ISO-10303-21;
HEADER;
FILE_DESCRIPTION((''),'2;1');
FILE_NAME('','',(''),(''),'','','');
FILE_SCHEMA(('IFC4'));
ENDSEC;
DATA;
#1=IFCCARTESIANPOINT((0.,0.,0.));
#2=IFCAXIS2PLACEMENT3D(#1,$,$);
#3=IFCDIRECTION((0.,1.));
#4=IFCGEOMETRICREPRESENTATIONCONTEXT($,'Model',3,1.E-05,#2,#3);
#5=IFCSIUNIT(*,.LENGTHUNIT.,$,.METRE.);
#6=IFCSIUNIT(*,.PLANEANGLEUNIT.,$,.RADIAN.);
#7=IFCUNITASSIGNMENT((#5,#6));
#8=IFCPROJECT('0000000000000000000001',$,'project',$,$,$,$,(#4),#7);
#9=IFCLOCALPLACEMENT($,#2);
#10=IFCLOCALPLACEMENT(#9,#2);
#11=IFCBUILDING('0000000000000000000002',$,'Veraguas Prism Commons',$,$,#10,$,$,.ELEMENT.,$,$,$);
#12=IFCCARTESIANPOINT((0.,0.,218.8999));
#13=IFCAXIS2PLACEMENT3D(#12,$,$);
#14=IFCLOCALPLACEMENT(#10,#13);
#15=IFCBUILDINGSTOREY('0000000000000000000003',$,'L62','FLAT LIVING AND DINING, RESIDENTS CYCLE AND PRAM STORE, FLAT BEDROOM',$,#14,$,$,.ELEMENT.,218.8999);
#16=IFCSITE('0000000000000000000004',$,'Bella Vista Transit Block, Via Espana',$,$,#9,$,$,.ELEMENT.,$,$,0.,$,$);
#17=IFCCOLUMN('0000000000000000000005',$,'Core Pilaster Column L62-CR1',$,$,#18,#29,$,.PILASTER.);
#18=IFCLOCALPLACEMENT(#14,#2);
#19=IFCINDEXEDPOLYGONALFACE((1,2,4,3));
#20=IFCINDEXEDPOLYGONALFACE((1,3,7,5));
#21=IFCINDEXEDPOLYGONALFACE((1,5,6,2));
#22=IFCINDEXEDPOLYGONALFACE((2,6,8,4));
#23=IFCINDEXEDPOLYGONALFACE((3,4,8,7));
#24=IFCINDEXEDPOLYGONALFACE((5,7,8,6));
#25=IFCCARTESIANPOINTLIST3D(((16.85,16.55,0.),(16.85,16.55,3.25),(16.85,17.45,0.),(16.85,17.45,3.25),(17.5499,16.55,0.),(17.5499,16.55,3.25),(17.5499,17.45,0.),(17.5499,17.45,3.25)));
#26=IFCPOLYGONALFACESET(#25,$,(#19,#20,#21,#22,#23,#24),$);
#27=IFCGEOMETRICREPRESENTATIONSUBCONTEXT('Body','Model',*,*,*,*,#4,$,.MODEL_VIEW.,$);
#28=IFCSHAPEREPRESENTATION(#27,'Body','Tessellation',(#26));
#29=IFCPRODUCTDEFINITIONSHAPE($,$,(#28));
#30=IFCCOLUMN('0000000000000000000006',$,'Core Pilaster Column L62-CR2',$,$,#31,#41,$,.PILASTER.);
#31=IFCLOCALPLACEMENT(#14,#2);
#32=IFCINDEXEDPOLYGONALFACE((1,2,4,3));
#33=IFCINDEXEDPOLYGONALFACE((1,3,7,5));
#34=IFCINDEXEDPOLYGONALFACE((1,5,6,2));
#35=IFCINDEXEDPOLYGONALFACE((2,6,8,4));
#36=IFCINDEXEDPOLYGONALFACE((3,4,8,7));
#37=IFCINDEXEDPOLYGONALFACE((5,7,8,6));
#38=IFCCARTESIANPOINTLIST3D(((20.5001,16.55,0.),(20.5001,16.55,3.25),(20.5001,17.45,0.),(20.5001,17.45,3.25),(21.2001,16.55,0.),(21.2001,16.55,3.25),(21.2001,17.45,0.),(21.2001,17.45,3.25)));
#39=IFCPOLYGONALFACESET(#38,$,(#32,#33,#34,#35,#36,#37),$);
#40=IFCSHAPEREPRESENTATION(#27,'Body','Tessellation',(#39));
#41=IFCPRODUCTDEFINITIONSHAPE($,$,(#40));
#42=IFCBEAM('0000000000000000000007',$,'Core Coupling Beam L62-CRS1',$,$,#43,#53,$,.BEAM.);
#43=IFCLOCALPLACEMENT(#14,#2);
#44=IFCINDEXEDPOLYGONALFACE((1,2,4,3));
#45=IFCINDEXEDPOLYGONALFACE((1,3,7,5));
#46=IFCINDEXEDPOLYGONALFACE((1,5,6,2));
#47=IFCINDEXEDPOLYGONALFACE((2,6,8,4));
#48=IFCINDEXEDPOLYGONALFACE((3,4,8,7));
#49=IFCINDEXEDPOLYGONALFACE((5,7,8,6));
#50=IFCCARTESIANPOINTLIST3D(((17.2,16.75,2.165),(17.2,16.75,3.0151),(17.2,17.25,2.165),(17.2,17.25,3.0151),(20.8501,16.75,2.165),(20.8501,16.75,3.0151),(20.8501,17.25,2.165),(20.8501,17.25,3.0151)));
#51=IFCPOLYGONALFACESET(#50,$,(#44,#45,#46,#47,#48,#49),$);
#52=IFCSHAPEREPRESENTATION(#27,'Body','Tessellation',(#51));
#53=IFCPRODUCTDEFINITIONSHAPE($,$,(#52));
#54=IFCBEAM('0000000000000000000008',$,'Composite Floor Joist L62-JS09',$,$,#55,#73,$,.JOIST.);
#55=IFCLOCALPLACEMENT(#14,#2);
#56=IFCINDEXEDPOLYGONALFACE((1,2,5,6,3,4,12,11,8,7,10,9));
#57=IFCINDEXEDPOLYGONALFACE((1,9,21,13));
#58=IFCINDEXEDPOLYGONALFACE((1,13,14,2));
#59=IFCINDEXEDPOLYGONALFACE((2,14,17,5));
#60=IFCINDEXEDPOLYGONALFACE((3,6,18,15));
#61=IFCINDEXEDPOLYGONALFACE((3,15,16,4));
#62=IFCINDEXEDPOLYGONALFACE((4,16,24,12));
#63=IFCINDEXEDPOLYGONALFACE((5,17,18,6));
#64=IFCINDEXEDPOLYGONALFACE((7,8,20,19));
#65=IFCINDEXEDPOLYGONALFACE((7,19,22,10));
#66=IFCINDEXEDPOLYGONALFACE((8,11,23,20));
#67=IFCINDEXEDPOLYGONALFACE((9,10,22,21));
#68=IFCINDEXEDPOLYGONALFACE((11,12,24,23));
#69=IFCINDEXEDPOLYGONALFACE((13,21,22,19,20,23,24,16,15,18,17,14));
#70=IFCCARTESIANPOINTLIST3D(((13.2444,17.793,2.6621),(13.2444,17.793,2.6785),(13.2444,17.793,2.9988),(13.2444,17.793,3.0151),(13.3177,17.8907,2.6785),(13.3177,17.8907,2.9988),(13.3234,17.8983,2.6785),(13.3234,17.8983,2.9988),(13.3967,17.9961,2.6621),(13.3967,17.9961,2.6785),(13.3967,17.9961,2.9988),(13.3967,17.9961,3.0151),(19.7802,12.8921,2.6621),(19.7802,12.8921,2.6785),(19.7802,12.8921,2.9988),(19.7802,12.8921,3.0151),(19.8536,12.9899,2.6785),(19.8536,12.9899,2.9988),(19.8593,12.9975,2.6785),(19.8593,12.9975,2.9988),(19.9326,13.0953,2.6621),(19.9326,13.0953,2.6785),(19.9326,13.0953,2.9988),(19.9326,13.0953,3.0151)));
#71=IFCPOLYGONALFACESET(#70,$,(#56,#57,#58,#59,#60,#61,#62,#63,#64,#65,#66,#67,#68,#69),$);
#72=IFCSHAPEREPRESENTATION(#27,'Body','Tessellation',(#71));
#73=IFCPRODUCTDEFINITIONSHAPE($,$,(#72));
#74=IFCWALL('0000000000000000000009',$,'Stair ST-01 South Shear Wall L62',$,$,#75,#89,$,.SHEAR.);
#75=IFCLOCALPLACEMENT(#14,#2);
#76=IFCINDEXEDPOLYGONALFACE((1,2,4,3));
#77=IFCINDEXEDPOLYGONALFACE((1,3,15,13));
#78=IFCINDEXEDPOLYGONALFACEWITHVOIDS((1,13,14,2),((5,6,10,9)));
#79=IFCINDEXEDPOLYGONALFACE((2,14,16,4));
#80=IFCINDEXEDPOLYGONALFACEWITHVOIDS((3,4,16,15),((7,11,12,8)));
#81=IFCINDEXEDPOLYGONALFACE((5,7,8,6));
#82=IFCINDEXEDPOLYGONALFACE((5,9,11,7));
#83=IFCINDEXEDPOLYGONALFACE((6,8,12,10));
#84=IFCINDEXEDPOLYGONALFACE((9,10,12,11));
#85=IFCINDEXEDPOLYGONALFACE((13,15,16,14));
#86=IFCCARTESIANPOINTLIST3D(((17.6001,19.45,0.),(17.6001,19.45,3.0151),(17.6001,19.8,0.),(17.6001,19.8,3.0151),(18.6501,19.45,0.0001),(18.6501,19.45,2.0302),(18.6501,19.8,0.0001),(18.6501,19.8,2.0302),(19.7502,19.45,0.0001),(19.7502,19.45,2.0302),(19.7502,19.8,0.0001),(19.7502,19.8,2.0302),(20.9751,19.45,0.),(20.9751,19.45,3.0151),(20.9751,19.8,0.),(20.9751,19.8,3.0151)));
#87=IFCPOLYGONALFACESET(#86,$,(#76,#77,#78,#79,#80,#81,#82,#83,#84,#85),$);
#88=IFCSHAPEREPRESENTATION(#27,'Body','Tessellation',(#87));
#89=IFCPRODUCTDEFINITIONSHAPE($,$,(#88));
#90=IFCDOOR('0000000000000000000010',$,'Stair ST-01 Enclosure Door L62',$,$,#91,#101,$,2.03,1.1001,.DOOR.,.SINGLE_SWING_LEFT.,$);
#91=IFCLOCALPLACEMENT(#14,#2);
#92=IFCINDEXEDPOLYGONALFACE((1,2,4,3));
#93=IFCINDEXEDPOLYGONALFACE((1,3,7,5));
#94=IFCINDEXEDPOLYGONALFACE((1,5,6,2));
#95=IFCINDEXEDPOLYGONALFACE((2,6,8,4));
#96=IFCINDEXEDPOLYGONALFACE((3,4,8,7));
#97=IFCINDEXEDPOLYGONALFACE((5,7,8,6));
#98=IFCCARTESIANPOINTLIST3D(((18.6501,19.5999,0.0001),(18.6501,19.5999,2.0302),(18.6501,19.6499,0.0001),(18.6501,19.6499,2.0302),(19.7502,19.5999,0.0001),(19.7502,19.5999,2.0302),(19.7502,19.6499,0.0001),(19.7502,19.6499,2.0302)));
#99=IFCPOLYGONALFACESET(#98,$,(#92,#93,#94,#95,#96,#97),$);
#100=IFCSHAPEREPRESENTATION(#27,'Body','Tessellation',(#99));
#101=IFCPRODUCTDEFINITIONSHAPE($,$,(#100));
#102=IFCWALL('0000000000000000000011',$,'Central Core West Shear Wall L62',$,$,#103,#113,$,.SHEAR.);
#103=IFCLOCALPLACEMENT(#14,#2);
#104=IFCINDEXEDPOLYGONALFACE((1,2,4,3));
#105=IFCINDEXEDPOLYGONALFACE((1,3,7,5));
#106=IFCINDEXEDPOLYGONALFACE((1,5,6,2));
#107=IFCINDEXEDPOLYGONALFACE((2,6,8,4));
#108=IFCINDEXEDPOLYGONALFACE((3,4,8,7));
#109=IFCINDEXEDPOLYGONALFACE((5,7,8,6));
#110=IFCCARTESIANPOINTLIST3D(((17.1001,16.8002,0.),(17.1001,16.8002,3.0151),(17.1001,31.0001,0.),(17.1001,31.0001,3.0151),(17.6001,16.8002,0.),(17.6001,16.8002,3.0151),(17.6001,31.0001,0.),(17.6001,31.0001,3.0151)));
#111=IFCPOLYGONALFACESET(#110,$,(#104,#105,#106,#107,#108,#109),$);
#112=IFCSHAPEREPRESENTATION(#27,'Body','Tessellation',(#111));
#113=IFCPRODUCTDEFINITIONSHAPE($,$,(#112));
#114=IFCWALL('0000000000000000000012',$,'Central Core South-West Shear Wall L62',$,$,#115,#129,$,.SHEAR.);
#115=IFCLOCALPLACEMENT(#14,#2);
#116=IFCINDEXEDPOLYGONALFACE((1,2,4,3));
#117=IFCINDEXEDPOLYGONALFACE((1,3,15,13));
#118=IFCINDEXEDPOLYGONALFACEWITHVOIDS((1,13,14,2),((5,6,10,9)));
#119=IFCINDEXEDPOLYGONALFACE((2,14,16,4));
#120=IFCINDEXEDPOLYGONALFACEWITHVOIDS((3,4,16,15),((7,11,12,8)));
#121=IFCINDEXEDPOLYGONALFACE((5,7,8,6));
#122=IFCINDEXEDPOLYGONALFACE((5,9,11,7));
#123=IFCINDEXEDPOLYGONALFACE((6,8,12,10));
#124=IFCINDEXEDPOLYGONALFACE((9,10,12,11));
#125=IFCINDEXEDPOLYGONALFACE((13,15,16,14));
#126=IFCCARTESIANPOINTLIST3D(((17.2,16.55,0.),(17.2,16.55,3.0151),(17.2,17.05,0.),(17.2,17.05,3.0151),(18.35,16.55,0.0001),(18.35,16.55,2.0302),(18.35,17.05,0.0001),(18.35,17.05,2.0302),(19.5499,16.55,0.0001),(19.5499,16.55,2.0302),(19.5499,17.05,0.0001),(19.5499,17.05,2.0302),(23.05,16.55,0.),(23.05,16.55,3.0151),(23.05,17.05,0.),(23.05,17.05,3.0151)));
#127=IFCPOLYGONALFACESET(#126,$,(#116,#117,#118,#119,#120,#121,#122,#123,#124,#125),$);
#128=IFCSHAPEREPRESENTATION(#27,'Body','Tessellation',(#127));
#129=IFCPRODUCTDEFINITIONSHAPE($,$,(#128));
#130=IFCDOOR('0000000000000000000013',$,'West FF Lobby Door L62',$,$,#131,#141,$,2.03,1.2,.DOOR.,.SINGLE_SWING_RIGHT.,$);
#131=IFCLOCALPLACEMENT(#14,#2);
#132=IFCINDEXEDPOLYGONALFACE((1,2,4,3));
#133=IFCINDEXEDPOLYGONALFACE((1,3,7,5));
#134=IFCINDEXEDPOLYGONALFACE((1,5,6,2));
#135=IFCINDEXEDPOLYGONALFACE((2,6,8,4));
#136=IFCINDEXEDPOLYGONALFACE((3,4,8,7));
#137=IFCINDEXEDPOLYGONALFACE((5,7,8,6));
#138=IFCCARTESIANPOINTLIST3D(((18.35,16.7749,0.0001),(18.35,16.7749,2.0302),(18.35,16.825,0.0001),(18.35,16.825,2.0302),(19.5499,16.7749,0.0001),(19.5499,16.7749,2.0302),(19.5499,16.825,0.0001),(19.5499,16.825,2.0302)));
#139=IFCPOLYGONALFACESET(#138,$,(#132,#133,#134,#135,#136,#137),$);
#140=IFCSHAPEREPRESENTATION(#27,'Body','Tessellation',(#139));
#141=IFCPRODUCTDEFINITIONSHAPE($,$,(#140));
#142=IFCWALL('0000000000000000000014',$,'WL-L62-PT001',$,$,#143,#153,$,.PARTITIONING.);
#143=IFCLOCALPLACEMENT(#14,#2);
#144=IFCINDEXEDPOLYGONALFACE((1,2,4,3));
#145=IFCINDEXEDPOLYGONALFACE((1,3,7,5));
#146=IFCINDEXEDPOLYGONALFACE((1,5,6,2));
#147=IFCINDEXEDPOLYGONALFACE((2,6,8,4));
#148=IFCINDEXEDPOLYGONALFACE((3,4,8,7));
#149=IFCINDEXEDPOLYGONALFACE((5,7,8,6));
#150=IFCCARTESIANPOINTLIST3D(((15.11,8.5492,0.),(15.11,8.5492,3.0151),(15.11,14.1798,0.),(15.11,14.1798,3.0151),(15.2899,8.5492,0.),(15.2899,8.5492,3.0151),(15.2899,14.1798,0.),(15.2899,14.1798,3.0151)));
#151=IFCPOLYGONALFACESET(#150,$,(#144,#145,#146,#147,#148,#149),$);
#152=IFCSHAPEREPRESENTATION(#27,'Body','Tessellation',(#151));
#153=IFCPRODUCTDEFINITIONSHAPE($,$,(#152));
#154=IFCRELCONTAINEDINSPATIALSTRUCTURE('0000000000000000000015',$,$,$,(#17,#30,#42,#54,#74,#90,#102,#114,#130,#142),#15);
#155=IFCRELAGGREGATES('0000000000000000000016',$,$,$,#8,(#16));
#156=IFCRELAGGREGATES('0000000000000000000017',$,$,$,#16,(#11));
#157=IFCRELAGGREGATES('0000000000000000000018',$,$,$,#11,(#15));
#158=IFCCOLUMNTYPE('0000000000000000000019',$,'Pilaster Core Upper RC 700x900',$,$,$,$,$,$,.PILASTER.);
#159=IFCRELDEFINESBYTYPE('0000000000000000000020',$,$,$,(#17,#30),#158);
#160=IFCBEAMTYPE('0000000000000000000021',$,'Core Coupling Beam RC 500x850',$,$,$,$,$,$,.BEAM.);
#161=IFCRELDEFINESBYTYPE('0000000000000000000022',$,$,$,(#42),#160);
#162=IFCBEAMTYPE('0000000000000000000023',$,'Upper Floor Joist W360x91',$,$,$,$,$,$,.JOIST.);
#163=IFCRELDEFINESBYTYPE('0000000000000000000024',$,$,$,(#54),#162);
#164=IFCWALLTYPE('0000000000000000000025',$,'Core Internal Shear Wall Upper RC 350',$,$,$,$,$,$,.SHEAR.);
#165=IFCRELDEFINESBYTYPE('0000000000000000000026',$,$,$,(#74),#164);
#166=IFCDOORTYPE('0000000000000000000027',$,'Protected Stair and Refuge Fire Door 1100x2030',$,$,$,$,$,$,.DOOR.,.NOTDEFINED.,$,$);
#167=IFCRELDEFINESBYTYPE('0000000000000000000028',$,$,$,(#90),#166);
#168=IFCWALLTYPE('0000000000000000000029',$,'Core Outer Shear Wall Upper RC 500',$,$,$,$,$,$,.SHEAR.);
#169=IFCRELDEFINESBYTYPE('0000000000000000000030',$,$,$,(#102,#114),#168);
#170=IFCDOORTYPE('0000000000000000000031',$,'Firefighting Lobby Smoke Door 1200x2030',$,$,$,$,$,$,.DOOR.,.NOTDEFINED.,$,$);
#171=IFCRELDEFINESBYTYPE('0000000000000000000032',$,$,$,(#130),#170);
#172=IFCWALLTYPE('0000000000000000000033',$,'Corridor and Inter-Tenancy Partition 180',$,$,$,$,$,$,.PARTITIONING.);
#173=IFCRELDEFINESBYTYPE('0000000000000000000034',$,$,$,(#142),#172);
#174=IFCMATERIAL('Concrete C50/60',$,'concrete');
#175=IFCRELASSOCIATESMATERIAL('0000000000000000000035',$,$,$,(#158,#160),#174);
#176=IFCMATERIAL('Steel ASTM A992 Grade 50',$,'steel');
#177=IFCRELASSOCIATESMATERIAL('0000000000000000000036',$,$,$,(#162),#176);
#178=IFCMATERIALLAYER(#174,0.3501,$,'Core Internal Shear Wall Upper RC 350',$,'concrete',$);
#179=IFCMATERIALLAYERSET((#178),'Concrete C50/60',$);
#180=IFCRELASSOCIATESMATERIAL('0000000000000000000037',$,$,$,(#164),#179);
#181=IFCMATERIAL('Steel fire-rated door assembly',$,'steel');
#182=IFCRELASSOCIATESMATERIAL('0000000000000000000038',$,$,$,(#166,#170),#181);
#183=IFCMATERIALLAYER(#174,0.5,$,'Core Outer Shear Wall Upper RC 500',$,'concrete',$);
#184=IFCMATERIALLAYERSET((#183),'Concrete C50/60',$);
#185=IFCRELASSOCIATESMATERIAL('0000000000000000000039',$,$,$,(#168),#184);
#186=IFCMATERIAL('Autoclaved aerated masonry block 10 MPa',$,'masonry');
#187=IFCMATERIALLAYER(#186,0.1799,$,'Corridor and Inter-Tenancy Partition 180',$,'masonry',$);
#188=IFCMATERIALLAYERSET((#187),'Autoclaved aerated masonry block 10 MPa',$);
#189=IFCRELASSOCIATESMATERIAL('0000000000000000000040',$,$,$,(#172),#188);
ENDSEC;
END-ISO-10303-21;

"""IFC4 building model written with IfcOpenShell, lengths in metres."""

from ifc_helpers import new_model, si_unit, direction, frame, frame_2d, origin, origin_2d, place, context, subcontext, project, spatial, rectangle, i_section, extrude, source, transform, mapped, material, layer, layer_set, material_profile, profile_set, type_object, element, fill, save


model = new_model("IFC4")

# Units and contexts
model_context = context("Model", 3, precision=1e-05, world=origin(), true_north=direction((0.0, 1.0)))
body_context = subcontext(model_context, "Body", "Model", "MODEL_VIEW")
ifc_project = project(units=[si_unit("LENGTHUNIT", "METRE"), si_unit("PLANEANGLEUNIT", "RADIAN")], contexts=[model_context])

# Site, building, storey
site_placement = place(None, origin())
site = spatial("IfcSite", under=ifc_project, at=site_placement, Name="Bella Vista Transit Block, Via Espana", CompositionType="ELEMENT", RefElevation=0.0)
building_placement = place(site_placement, origin())
building = spatial("IfcBuilding", under=site, at=building_placement, Name="Veraguas Prism Commons", CompositionType="ELEMENT")
storey_placement = place(building_placement, frame((0.0, 0.0, 218.8999)))
storey = spatial("IfcBuildingStorey", under=building, at=storey_placement, Name="L62", Description="FLAT LIVING AND DINING, RESIDENTS CYCLE AND PRAM STORE, FLAT BEDROOM", CompositionType="ELEMENT", Elevation=218.8999)

# Columns
ifc_material_1 = material(Name="Concrete C50/60", Category="concrete")
ifc_material_profile_1 = material_profile(ifc_material_1, rectangle(XDim=0.7, YDim=0.8999, at=origin_2d()), Name="RC700X900")
ifc_profile_set_1 = profile_set([ifc_material_profile_1], Name="Concrete C50/60")
column_type = type_object("IfcColumnType", Name="Pilaster Core Upper RC 700x900", PredefinedType="PILASTER", material=ifc_profile_set_1)
for number, where, z_axis, x_axis, name in (
    (1, (17.2, 17.0, 0.0), (0.0, 0.0, 1.0), (1.0, 0.0, 0.0), "Core Pilaster Column L62-CR1"),
    (2, (20.8501, 17.0, 0.0), (0.0, 0.0, 1.0), (1.0, 0.0, 0.0), "Core Pilaster Column L62-CR2"),
):
    element("IfcColumn", number, at=place(storey_placement, frame(where, z_axis=z_axis, x_axis=x_axis)), inside=storey, type_object=column_type, Name=name, PredefinedType="PILASTER", context=body_context, shape_type="SweptSolid", body=[
        extrude(rectangle(XDim=0.7, YDim=0.8999, at=origin_2d()), origin(), (0.0, 0.0, 1.0), 3.25),
    ])

# Beams
ifc_material_profile_2 = material_profile(ifc_material_1, rectangle(XDim=0.5, YDim=0.8501, at=origin_2d()), Name="RC500X850")
ifc_profile_set_2 = profile_set([ifc_material_profile_2], Name="Concrete C50/60")
beam_type_1 = type_object("IfcBeamType", Name="Core Coupling Beam RC 500x850", PredefinedType="BEAM", material=ifc_profile_set_2)
beam_1_placement = place(storey_placement, frame((17.2, 17.0, 2.5901), z_axis=(1.0, 0.0, 0.0), x_axis=(0.0, 1.0, 0.0)))
element("IfcBeam", 3, at=beam_1_placement, inside=storey, type_object=beam_type_1, Name="Core Coupling Beam L62-CRS1", PredefinedType="BEAM", context=body_context, shape_type="SweptSolid", body=[
    extrude(rectangle(XDim=0.5, YDim=0.8501, at=origin_2d()), origin(), (0.0, 0.0, 1.0), 3.6501),
])
ifc_material_2 = material(Name="Steel ASTM A992 Grade 50", Category="steel")
ifc_material_profile_3 = material_profile(ifc_material_2, i_section(OverallWidth=0.2539, OverallDepth=0.353, WebThickness=0.0095, FlangeThickness=0.0164, at=origin_2d()), Name="W360X91")
ifc_profile_set_3 = profile_set([ifc_material_profile_3], Name="Steel ASTM A992 Grade 50")
beam_type_2 = type_object("IfcBeamType", Name="Upper Floor Joist W360x91", PredefinedType="JOIST", material=ifc_profile_set_3)
beam_2_placement = place(storey_placement, frame((13.3206, 17.8945, 2.8386), z_axis=(0.800061, -0.599919, 0.0), x_axis=(0.599919, 0.800061, 0.0)))
element("IfcBeam", 4, at=beam_2_placement, inside=storey, type_object=beam_type_2, Name="Composite Floor Joist L62-JS09", PredefinedType="JOIST", context=body_context, shape_type="SweptSolid", body=[
    extrude(i_section(OverallWidth=0.2539, OverallDepth=0.353, WebThickness=0.0095, FlangeThickness=0.0164, at=origin_2d()), origin(), (0.0, 0.0, 1.0), 8.1692),
])

# Wall, opening, door
ifc_layer_1 = layer(ifc_material_1, 0.3501, Name="Core Internal Shear Wall Upper RC 350", Category="concrete")
ifc_layer_set_1 = layer_set([ifc_layer_1], Name="Concrete C50/60")
wall_type_1 = type_object("IfcWallType", Name="Core Internal Shear Wall Upper RC 350", PredefinedType="SHEAR", material=ifc_layer_set_1)
wall_1_placement = place(storey_placement, frame((17.6001, 19.625, 0.0), z_axis=(0.0, 0.0, 1.0), x_axis=(1.0, 0.0, 0.0)))
wall_1 = element("IfcWall", 5, at=wall_1_placement, inside=storey, type_object=wall_type_1, Name="Stair ST-01 South Shear Wall L62", PredefinedType="SHEAR", context=body_context, shape_type="SweptSolid", body=[
    extrude(rectangle(XDim=3.375, YDim=0.3501, at=frame_2d((1.6875, 0.0))), origin(), (0.0, 0.0, 1.0), 3.0151),
])
opening_1_placement = place(wall_1_placement, frame((1.05, 0.0, 0.0)))
opening_1 = element("IfcOpeningElement", 6, at=opening_1_placement, cuts=wall_1, PredefinedType="OPENING", context=body_context, shape_type="SweptSolid", body=[
    extrude(rectangle(XDim=1.1001, YDim=2.03, at=frame_2d((0.55, 1.0151))), frame((0.0, 0.1851, 0.0), z_axis=(0.0, -1.0, 0.0), x_axis=(1.0, 0.0, 0.0)), (0.0, 0.0, 1.0), 0.3701),
])
ifc_material_3 = material(Name="Steel fire-rated door assembly", Category="steel")
door_type_1 = type_object("IfcDoorType", Name="Protected Stair and Refuge Fire Door 1100x2030", OperationType="NOTDEFINED", PredefinedType="DOOR", material=ifc_material_3)
shared_shape_1 = source(origin(), body_context, "Body", "SweptSolid", [
    extrude(rectangle(XDim=1.1001, YDim=2.03, at=frame_2d((0.55, 1.0151))), frame((0.0, 0.0249, 0.0), z_axis=(0.0, -1.0, 0.0), x_axis=(1.0, 0.0, 0.0)), (0.0, 0.0, 1.0), 0.05),
])
door_1_placement = place(opening_1_placement, origin())
door_1 = element("IfcDoor", 7, at=door_1_placement, inside=storey, type_object=door_type_1, Name="Stair ST-01 Enclosure Door L62", OperationType="SINGLE_SWING_LEFT", OverallHeight=2.03, OverallWidth=1.1001, PredefinedType="DOOR", context=body_context, shape_type="MappedRepresentation", body=[
    mapped(shared_shape_1, transform((0.0, 0.0, 0.0), scale=1.0)),
])
fill(opening_1, door_1)

# Wall
ifc_layer_2 = layer(ifc_material_1, 0.5, Name="Core Outer Shear Wall Upper RC 500", Category="concrete")
ifc_layer_set_2 = layer_set([ifc_layer_2], Name="Concrete C50/60")
wall_type_2 = type_object("IfcWallType", Name="Core Outer Shear Wall Upper RC 500", PredefinedType="SHEAR", material=ifc_layer_set_2)
wall_2_placement = place(storey_placement, frame((17.3501, 16.8, 0.0), z_axis=(0.0, 0.0, 1.0), x_axis=(0.0, 1.0, 0.0)))
element("IfcWall", 8, at=wall_2_placement, inside=storey, type_object=wall_type_2, Name="Central Core West Shear Wall L62", PredefinedType="SHEAR", context=body_context, shape_type="SweptSolid", body=[
    extrude(rectangle(XDim=14.2, YDim=0.5, at=frame_2d((7.1001, 0.0))), origin(), (0.0, 0.0, 1.0), 3.0151),
])

# Wall, opening, door
wall_3_placement = place(storey_placement, frame((17.2, 16.8, 0.0), z_axis=(0.0, 0.0, 1.0), x_axis=(1.0, 0.0, 0.0)))
wall_3 = element("IfcWall", 9, at=wall_3_placement, inside=storey, type_object=wall_type_2, Name="Central Core South-West Shear Wall L62", PredefinedType="SHEAR", context=body_context, shape_type="SweptSolid", body=[
    extrude(rectangle(XDim=5.8501, YDim=0.5, at=frame_2d((2.925, 0.0))), origin(), (0.0, 0.0, 1.0), 3.0151),
])
opening_2_placement = place(wall_3_placement, frame((1.1499, 0.0, 0.0)))
opening_2 = element("IfcOpeningElement", 10, at=opening_2_placement, cuts=wall_3, PredefinedType="OPENING", context=body_context, shape_type="SweptSolid", body=[
    extrude(rectangle(XDim=1.2, YDim=2.03, at=frame_2d((0.6001, 1.0151))), frame((0.0, 0.26, 0.0), z_axis=(0.0, -1.0, 0.0), x_axis=(1.0, 0.0, 0.0)), (0.0, 0.0, 1.0), 0.52),
])
door_type_2 = type_object("IfcDoorType", Name="Firefighting Lobby Smoke Door 1200x2030", OperationType="NOTDEFINED", PredefinedType="DOOR", material=ifc_material_3)
shared_shape_2 = source(origin(), body_context, "Body", "SweptSolid", [
    extrude(rectangle(XDim=1.2, YDim=2.03, at=frame_2d((0.6001, 1.0151))), frame((0.0, 0.0249, 0.0), z_axis=(0.0, -1.0, 0.0), x_axis=(1.0, 0.0, 0.0)), (0.0, 0.0, 1.0), 0.05),
])
door_2_placement = place(opening_2_placement, origin())
door_2 = element("IfcDoor", 11, at=door_2_placement, inside=storey, type_object=door_type_2, Name="West FF Lobby Door L62", OperationType="SINGLE_SWING_RIGHT", OverallHeight=2.03, OverallWidth=1.2, PredefinedType="DOOR", context=body_context, shape_type="MappedRepresentation", body=[
    mapped(shared_shape_2, transform((0.0, 0.0, 0.0), scale=1.0)),
])
fill(opening_2, door_2)

# Wall
ifc_material_4 = material(Name="Autoclaved aerated masonry block 10 MPa", Category="masonry")
ifc_layer_3 = layer(ifc_material_4, 0.1799, Name="Corridor and Inter-Tenancy Partition 180", Category="masonry")
ifc_layer_set_3 = layer_set([ifc_layer_3], Name="Autoclaved aerated masonry block 10 MPa")
wall_type_3 = type_object("IfcWallType", Name="Corridor and Inter-Tenancy Partition 180", PredefinedType="PARTITIONING", material=ifc_layer_set_3)
wall_4_placement = place(storey_placement, frame((15.2, 14.1799, 0.0), z_axis=(0.0, 0.0, 1.0), x_axis=(0.0, -1.0, 0.0)))
element("IfcWall", 12, at=wall_4_placement, inside=storey, type_object=wall_type_3, Name="WL-L62-PT001", PredefinedType="PARTITIONING", context=body_context, shape_type="SweptSolid", body=[
    extrude(rectangle(XDim=5.6306, YDim=0.1799, at=frame_2d((2.8154, 0.0))), origin(), (0.0, 0.0, 1.0), 3.0151),
])

save(model, "model.ifc")
